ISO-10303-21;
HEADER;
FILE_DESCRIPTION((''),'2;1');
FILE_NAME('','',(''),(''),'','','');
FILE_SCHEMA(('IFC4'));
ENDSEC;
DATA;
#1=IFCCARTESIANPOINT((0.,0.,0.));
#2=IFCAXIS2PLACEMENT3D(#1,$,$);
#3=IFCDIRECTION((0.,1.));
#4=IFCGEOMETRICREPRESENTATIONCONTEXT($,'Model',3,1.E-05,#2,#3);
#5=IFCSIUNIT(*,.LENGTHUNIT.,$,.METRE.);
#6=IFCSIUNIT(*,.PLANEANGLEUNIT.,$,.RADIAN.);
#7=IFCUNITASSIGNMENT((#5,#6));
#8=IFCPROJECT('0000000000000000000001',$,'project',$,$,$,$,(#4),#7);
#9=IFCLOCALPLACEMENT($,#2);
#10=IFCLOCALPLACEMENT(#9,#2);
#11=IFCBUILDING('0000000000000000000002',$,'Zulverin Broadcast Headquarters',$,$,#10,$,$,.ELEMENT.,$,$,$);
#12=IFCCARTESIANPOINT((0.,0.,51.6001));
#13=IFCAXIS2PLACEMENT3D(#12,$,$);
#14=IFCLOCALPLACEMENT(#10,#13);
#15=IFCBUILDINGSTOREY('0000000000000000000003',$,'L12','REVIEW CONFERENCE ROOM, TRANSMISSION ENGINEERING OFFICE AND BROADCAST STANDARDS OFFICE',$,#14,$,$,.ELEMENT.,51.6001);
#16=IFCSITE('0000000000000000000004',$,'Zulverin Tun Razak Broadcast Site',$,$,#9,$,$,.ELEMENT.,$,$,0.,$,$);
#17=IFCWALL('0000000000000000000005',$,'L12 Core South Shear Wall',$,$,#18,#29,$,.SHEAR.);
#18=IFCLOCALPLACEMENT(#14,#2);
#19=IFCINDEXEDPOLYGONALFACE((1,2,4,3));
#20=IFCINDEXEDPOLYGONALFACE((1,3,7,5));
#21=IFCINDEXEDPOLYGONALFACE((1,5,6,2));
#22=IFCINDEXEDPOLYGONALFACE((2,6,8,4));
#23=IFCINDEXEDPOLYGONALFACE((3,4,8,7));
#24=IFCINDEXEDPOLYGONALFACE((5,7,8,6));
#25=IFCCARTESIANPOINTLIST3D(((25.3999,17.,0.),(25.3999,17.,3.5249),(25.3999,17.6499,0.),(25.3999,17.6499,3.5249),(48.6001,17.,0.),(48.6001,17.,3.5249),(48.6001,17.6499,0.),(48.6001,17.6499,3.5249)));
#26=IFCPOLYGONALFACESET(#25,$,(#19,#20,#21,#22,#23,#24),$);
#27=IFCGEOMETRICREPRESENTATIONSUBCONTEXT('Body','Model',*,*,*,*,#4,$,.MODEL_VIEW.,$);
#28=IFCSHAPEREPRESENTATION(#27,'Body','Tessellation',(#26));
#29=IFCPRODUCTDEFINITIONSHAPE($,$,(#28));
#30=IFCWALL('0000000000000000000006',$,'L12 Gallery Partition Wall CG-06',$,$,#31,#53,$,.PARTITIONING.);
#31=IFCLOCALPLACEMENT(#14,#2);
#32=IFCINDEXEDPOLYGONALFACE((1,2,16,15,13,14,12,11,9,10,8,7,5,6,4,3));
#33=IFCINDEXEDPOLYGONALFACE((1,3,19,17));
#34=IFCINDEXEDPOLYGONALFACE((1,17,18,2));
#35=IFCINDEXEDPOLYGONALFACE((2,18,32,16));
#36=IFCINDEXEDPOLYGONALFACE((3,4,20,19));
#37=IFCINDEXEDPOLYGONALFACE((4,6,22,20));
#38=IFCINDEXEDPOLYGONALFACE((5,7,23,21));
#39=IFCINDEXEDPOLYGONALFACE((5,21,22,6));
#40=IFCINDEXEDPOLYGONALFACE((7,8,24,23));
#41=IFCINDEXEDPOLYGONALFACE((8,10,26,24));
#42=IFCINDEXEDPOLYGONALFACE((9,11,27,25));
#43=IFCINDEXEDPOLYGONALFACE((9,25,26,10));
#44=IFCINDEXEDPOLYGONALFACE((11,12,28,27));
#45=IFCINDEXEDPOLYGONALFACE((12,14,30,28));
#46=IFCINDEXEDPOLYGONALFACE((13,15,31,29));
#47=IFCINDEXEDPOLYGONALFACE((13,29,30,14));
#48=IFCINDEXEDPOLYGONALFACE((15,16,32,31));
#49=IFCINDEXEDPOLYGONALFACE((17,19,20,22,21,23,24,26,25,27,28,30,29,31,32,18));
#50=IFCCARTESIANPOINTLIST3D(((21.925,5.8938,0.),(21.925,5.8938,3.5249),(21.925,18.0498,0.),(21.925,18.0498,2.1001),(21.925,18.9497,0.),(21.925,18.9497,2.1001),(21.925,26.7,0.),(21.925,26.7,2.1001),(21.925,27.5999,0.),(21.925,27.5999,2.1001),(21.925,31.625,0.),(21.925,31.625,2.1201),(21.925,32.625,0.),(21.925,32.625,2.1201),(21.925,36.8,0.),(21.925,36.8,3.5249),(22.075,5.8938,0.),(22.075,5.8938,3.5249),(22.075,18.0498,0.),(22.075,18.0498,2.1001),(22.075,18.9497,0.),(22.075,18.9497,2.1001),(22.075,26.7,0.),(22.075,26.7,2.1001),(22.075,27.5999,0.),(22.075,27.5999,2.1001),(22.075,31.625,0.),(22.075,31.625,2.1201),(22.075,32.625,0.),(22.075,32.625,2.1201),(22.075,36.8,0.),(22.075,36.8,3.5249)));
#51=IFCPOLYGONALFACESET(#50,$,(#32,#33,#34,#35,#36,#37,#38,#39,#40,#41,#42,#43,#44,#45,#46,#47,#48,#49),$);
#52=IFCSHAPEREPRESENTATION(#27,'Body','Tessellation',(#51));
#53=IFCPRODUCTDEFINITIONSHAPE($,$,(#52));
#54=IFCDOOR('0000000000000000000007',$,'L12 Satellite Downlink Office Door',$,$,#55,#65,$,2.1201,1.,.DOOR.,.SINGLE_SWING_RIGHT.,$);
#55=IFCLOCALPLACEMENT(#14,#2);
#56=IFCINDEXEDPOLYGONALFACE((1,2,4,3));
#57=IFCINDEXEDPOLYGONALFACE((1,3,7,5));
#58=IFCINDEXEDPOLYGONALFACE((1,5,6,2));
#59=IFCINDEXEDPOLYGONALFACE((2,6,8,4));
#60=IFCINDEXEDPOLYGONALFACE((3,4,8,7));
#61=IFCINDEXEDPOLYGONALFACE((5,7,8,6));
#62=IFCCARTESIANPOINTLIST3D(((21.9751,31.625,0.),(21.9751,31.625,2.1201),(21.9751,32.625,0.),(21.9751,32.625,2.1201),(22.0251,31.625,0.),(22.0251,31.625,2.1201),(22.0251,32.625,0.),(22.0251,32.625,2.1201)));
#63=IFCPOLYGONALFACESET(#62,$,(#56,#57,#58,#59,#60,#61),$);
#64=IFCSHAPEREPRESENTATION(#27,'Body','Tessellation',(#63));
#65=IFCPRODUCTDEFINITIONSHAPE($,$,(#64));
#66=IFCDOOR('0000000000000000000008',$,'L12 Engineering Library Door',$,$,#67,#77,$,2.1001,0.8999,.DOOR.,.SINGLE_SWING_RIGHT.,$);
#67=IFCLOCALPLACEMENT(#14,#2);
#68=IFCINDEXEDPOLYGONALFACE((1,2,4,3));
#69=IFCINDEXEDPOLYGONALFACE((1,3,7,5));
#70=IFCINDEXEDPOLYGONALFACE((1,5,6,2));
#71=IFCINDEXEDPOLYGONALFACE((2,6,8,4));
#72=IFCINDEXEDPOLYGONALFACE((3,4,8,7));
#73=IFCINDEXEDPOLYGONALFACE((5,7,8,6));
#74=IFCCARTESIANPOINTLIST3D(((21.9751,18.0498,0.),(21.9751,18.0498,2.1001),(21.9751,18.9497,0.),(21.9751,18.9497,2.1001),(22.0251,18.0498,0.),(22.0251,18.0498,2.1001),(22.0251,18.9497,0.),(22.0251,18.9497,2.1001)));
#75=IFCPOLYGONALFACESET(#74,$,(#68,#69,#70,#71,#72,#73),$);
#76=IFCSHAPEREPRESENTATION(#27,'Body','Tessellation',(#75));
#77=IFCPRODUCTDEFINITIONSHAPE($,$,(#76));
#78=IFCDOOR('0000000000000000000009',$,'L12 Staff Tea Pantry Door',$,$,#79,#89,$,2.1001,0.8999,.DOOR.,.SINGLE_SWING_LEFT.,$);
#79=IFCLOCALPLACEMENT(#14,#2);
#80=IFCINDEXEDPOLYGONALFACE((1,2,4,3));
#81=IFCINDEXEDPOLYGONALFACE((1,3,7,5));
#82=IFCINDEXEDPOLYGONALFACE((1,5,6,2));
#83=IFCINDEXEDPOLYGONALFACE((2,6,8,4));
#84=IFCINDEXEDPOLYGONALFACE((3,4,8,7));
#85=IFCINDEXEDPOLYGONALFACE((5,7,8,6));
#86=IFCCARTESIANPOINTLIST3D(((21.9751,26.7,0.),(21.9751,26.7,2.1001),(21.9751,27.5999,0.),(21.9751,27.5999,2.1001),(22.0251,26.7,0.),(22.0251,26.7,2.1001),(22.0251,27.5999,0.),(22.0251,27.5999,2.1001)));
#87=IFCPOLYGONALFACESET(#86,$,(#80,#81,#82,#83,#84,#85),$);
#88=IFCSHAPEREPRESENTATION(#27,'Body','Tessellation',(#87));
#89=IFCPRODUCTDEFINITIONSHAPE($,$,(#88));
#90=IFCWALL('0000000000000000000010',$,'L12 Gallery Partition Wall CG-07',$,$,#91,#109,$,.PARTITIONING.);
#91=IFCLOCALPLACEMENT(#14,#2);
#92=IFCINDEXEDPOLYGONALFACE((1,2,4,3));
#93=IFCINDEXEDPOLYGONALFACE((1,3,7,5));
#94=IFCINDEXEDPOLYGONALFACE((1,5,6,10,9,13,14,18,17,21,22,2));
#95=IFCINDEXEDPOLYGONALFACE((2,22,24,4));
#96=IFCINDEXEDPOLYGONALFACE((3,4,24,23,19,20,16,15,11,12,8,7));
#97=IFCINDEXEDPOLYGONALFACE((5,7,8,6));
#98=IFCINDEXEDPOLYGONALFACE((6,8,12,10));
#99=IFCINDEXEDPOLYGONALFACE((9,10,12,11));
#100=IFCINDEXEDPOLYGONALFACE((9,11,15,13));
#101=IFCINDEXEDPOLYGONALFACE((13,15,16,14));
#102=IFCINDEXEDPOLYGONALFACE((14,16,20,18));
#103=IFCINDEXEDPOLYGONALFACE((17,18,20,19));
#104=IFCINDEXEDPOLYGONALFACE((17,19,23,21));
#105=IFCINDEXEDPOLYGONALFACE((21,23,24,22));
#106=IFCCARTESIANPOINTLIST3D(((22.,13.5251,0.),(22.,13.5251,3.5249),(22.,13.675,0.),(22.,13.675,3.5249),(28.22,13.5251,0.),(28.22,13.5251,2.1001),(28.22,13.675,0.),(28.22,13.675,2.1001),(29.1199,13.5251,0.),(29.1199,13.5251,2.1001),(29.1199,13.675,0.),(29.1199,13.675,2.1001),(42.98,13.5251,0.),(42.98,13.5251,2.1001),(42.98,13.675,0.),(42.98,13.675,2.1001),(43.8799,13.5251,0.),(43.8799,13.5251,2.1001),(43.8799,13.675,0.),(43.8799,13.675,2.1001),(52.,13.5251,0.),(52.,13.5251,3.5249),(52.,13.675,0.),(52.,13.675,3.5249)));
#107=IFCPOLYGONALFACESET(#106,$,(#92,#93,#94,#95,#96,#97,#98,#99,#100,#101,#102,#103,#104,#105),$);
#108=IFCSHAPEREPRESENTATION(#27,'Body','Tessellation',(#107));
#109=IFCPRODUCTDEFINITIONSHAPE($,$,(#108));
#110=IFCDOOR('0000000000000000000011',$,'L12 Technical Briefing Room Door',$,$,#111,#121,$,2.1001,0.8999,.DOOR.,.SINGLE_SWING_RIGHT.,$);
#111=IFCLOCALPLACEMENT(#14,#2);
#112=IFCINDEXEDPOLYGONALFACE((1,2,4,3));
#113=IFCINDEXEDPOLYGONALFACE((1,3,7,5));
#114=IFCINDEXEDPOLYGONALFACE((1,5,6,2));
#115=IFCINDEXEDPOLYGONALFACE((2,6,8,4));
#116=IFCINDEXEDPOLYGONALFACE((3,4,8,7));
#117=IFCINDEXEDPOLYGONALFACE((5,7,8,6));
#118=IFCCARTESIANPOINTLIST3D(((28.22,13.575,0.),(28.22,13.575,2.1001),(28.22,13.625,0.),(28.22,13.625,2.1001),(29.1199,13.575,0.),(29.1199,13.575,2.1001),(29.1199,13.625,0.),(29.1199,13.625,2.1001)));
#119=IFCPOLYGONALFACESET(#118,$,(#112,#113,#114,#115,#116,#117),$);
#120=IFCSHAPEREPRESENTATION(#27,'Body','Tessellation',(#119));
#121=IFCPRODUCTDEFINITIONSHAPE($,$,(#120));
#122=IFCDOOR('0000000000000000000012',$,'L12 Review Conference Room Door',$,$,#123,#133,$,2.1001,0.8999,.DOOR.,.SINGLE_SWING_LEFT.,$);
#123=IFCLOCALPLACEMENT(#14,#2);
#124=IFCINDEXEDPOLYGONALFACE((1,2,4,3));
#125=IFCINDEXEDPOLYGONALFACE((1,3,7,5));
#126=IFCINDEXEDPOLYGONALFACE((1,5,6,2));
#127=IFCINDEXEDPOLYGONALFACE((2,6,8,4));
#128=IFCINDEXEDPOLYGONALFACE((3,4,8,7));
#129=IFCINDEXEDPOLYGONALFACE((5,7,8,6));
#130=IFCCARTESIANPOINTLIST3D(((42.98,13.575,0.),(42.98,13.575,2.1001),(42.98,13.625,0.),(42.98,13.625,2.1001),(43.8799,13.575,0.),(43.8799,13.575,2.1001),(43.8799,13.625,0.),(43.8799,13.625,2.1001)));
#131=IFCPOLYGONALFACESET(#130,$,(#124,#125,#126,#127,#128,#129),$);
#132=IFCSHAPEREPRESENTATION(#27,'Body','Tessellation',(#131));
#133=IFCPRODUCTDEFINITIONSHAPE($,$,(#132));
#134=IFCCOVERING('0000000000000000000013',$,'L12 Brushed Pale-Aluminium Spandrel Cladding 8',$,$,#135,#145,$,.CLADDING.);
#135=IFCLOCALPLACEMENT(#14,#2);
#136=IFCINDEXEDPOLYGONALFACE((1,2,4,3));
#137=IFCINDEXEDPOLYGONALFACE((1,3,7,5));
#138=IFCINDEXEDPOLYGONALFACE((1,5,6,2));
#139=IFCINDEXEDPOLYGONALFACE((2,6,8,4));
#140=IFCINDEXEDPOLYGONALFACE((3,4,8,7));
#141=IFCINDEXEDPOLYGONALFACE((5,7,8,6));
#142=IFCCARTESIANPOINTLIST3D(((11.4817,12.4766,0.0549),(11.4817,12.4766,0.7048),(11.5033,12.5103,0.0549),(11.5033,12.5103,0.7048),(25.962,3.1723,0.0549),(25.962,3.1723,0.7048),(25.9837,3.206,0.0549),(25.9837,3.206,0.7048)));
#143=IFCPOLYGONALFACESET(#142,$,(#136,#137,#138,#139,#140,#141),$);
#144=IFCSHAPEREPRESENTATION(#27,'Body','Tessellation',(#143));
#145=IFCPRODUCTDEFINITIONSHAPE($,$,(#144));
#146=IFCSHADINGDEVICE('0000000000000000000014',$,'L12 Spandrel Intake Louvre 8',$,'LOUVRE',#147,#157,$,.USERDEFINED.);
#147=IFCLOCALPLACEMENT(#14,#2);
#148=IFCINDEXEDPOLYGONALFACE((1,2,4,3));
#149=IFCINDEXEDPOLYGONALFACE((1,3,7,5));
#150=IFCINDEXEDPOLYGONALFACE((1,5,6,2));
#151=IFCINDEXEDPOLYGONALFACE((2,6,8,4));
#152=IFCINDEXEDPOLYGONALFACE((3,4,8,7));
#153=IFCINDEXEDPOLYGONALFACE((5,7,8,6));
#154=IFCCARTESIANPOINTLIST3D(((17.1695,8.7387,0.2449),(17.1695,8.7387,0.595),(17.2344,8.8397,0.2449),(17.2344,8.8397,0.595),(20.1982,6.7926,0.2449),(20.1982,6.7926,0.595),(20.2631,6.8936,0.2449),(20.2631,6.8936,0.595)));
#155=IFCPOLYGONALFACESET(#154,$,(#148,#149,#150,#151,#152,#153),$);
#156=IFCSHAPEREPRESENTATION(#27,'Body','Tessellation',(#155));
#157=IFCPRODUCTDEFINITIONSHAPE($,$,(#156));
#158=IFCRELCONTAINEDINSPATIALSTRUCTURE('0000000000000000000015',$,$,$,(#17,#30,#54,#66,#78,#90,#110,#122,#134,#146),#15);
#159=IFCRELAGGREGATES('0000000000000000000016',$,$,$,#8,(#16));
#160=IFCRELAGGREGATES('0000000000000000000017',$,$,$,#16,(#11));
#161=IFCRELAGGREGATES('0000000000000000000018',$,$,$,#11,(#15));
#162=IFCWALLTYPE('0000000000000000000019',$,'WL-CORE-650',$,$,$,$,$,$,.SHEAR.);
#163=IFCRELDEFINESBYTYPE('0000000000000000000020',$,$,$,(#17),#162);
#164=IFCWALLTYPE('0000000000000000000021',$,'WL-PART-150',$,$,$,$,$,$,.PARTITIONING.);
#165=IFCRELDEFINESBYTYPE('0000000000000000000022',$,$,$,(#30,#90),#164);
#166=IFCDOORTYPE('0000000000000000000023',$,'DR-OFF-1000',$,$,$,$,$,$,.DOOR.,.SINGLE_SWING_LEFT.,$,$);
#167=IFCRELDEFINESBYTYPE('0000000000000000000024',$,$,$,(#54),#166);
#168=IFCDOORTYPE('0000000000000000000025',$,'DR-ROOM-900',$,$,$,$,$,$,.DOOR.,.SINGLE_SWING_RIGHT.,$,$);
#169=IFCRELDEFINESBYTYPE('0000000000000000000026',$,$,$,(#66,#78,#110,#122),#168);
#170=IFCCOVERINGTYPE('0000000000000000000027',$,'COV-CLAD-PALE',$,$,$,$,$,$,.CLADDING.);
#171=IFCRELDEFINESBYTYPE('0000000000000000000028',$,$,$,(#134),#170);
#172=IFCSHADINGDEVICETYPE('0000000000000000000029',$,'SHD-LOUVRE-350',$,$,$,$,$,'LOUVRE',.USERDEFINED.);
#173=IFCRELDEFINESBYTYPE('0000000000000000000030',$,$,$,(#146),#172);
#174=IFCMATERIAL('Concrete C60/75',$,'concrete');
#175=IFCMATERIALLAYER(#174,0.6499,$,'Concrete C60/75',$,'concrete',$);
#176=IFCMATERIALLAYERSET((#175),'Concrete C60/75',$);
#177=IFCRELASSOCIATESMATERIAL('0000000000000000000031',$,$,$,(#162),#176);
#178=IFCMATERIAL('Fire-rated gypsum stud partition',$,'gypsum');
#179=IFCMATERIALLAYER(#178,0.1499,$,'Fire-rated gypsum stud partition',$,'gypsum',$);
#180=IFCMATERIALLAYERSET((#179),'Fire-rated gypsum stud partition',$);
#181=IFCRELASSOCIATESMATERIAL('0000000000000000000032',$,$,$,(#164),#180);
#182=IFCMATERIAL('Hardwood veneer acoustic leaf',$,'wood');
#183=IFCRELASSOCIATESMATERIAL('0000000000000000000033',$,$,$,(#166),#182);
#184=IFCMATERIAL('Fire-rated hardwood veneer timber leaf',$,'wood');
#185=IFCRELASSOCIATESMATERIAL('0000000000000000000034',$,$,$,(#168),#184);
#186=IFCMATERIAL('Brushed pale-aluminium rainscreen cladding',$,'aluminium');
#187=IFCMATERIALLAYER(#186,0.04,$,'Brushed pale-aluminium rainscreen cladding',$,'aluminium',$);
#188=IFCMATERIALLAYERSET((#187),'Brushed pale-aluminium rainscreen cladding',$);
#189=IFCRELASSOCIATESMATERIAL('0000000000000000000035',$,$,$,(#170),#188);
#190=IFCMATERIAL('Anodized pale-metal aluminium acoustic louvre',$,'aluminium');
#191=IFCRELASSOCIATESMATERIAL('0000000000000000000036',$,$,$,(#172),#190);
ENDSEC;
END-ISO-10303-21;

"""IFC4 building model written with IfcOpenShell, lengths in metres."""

from ifc_helpers import new_model, si_unit, direction, frame, frame_2d, origin, origin_2d, place, context, subcontext, project, spatial, rectangle, extrude, material, layer, layer_set, type_object, element, fill, save


model = new_model("IFC4")

# Units and contexts
model_context = context("Model", 3, precision=1e-05, world=origin(), true_north=direction((0.0, 1.0)))
body_context = subcontext(model_context, "Body", "Model", "MODEL_VIEW")
ifc_project = project(units=[si_unit("LENGTHUNIT", "METRE"), si_unit("PLANEANGLEUNIT", "RADIAN")], contexts=[model_context])

# Site, building, storey
site_placement = place(None, origin())
site = spatial("IfcSite", under=ifc_project, at=site_placement, Name="Zulverin Tun Razak Broadcast Site", CompositionType="ELEMENT", RefElevation=0.0)
building_placement = place(site_placement, origin())
building = spatial("IfcBuilding", under=site, at=building_placement, Name="Zulverin Broadcast Headquarters", CompositionType="ELEMENT")
storey_placement = place(building_placement, frame((0.0, 0.0, 51.6001)))
storey = spatial("IfcBuildingStorey", under=building, at=storey_placement, Name="L12", Description="REVIEW CONFERENCE ROOM, TRANSMISSION ENGINEERING OFFICE AND BROADCAST STANDARDS OFFICE", CompositionType="ELEMENT", Elevation=51.6001)

# Shared definitions
ifc_material_1 = material(Name="Concrete C60/75", Category="concrete")

# Wall
ifc_layer_1 = layer(ifc_material_1, 0.6499, Name="Concrete C60/75", Category="concrete")
ifc_layer_set_1 = layer_set([ifc_layer_1], Name="Concrete C60/75")
wall_type_1 = type_object("IfcWallType", Name="WL-CORE-650", PredefinedType="SHEAR", material=ifc_layer_set_1)
wall_1_placement = place(storey_placement, frame((25.3999, 17.325, 0.0), z_axis=(0.0, 0.0, 1.0), x_axis=(1.0, 0.0, 0.0)))
element("IfcWall", 1, at=wall_1_placement, inside=storey, type_object=wall_type_1, Name="L12 Core South Shear Wall", PredefinedType="SHEAR", context=body_context, shape_type="SweptSolid", body=[
    extrude(rectangle(XDim=23.2002, YDim=0.6499, at=frame_2d((11.6001, 0.0))), origin(), (0.0, 0.0, 1.0), 3.5249),
])

# Walls, openings, doors
ifc_material_2 = material(Name="Fire-rated gypsum stud partition", Category="gypsum")
ifc_layer_2 = layer(ifc_material_2, 0.1499, Name="Fire-rated gypsum stud partition", Category="gypsum")
ifc_layer_set_2 = layer_set([ifc_layer_2], Name="Fire-rated gypsum stud partition")
wall_type_2 = type_object("IfcWallType", Name="WL-PART-150", PredefinedType="PARTITIONING", material=ifc_layer_set_2)
wall_2_placement = place(storey_placement, frame((22.0, 5.8938, 0.0), z_axis=(0.0, 0.0, 1.0), x_axis=(0.0, 1.0, 0.0)))
wall_2 = element("IfcWall", 2, at=wall_2_placement, inside=storey, type_object=wall_type_2, Name="L12 Gallery Partition Wall CG-06", PredefinedType="PARTITIONING", context=body_context, shape_type="SweptSolid", body=[
    extrude(rectangle(XDim=30.9062, YDim=0.1499, at=frame_2d((15.4531, 0.0))), origin(), (0.0, 0.0, 1.0), 3.5249),
])
opening_1_placement = place(wall_2_placement, frame((12.156, 0.0, 0.0)))
opening_1 = element("IfcOpeningElement", 3, at=opening_1_placement, cuts=wall_2, PredefinedType="OPENING", context=body_context, shape_type="SweptSolid", body=[
    extrude(rectangle(XDim=0.8999, YDim=2.1001, at=frame_2d((0.45, 1.05))), frame((0.0, 0.085, 0.0), z_axis=(0.0, -1.0, 0.0), x_axis=(1.0, 0.0, 0.0)), (0.0, 0.0, 1.0), 0.1699),
])
opening_2_placement = place(wall_2_placement, frame((20.8062, 0.0, 0.0)))
opening_2 = element("IfcOpeningElement", 4, at=opening_2_placement, cuts=wall_2, PredefinedType="OPENING", context=body_context, shape_type="SweptSolid", body=[
    extrude(rectangle(XDim=0.8999, YDim=2.1001, at=frame_2d((0.45, 1.05))), frame((0.0, 0.085, 0.0), z_axis=(0.0, -1.0, 0.0), x_axis=(1.0, 0.0, 0.0)), (0.0, 0.0, 1.0), 0.1699),
])
opening_3_placement = place(wall_2_placement, frame((25.7312, 0.0, 0.0)))
opening_3 = element("IfcOpeningElement", 5, at=opening_3_placement, cuts=wall_2, PredefinedType="OPENING", context=body_context, shape_type="SweptSolid", body=[
    extrude(rectangle(XDim=1.0, YDim=2.1201, at=frame_2d((0.5, 1.0601))), frame((0.0, 0.085, 0.0), z_axis=(0.0, -1.0, 0.0), x_axis=(1.0, 0.0, 0.0)), (0.0, 0.0, 1.0), 0.1699),
])
ifc_material_3 = material(Name="Hardwood veneer acoustic leaf", Category="wood")
door_type_1 = type_object("IfcDoorType", Name="DR-OFF-1000", OperationType="SINGLE_SWING_LEFT", PredefinedType="DOOR", material=ifc_material_3)
door_1_placement = place(opening_3_placement, origin())
door_1 = element("IfcDoor", 6, at=door_1_placement, inside=storey, type_object=door_type_1, Name="L12 Satellite Downlink Office Door", OperationType="SINGLE_SWING_RIGHT", OverallHeight=2.1201, OverallWidth=1.0, PredefinedType="DOOR", context=body_context, shape_type="SweptSolid", body=[
    extrude(rectangle(XDim=1.0, YDim=2.1201, at=frame_2d((0.5, 1.0601))), frame((0.0, 0.0249, 0.0), z_axis=(0.0, -1.0, 0.0), x_axis=(1.0, 0.0, 0.0)), (0.0, 0.0, 1.0), 0.05),
])
fill(opening_3, door_1)
ifc_material_4 = material(Name="Fire-rated hardwood veneer timber leaf", Category="wood")
door_type_2 = type_object("IfcDoorType", Name="DR-ROOM-900", OperationType="SINGLE_SWING_RIGHT", PredefinedType="DOOR", material=ifc_material_4)
door_2_placement = place(opening_1_placement, origin())
door_2 = element("IfcDoor", 7, at=door_2_placement, inside=storey, type_object=door_type_2, Name="L12 Engineering Library Door", OperationType="SINGLE_SWING_RIGHT", OverallHeight=2.1001, OverallWidth=0.8999, PredefinedType="DOOR", context=body_context, shape_type="SweptSolid", body=[
    extrude(rectangle(XDim=0.8999, YDim=2.1001, at=frame_2d((0.45, 1.05))), frame((0.0, 0.0249, 0.0), z_axis=(0.0, -1.0, 0.0), x_axis=(1.0, 0.0, 0.0)), (0.0, 0.0, 1.0), 0.05),
])
fill(opening_1, door_2)
door_3_placement = place(opening_2_placement, origin())
door_3 = element("IfcDoor", 8, at=door_3_placement, inside=storey, type_object=door_type_2, Name="L12 Staff Tea Pantry Door", OperationType="SINGLE_SWING_LEFT", OverallHeight=2.1001, OverallWidth=0.8999, PredefinedType="DOOR", context=body_context, shape_type="SweptSolid", body=[
    extrude(rectangle(XDim=0.8999, YDim=2.1001, at=frame_2d((0.45, 1.05))), frame((0.0, 0.0249, 0.0), z_axis=(0.0, -1.0, 0.0), x_axis=(1.0, 0.0, 0.0)), (0.0, 0.0, 1.0), 0.05),
])
fill(opening_2, door_3)
wall_3_placement = place(storey_placement, frame((22.0, 13.6001, 0.0), z_axis=(0.0, 0.0, 1.0), x_axis=(1.0, 0.0, 0.0)))
wall_3 = element("IfcWall", 9, at=wall_3_placement, inside=storey, type_object=wall_type_2, Name="L12 Gallery Partition Wall CG-07", PredefinedType="PARTITIONING", context=body_context, shape_type="SweptSolid", body=[
    extrude(rectangle(XDim=30.0, YDim=0.1499, at=frame_2d((15.0, 0.0))), origin(), (0.0, 0.0, 1.0), 3.5249),
])
opening_4_placement = place(wall_3_placement, frame((6.22, 0.0, 0.0)))
opening_4 = element("IfcOpeningElement", 10, at=opening_4_placement, cuts=wall_3, PredefinedType="OPENING", context=body_context, shape_type="SweptSolid", body=[
    extrude(rectangle(XDim=0.8999, YDim=2.1001, at=frame_2d((0.45, 1.05))), frame((0.0, 0.085, 0.0), z_axis=(0.0, -1.0, 0.0), x_axis=(1.0, 0.0, 0.0)), (0.0, 0.0, 1.0), 0.1699),
])
opening_5_placement = place(wall_3_placement, frame((20.98, 0.0, 0.0)))
opening_5 = element("IfcOpeningElement", 11, at=opening_5_placement, cuts=wall_3, PredefinedType="OPENING", context=body_context, shape_type="SweptSolid", body=[
    extrude(rectangle(XDim=0.8999, YDim=2.1001, at=frame_2d((0.45, 1.05))), frame((0.0, 0.085, 0.0), z_axis=(0.0, -1.0, 0.0), x_axis=(1.0, 0.0, 0.0)), (0.0, 0.0, 1.0), 0.1699),
])
door_4_placement = place(opening_4_placement, origin())
door_4 = element("IfcDoor", 12, at=door_4_placement, inside=storey, type_object=door_type_2, Name="L12 Technical Briefing Room Door", OperationType="SINGLE_SWING_RIGHT", OverallHeight=2.1001, OverallWidth=0.8999, PredefinedType="DOOR", context=body_context, shape_type="SweptSolid", body=[
    extrude(rectangle(XDim=0.8999, YDim=2.1001, at=frame_2d((0.45, 1.05))), frame((0.0, 0.0249, 0.0), z_axis=(0.0, -1.0, 0.0), x_axis=(1.0, 0.0, 0.0)), (0.0, 0.0, 1.0), 0.05),
])
fill(opening_4, door_4)
door_5_placement = place(opening_5_placement, origin())
door_5 = element("IfcDoor", 13, at=door_5_placement, inside=storey, type_object=door_type_2, Name="L12 Review Conference Room Door", OperationType="SINGLE_SWING_LEFT", OverallHeight=2.1001, OverallWidth=0.8999, PredefinedType="DOOR", context=body_context, shape_type="SweptSolid", body=[
    extrude(rectangle(XDim=0.8999, YDim=2.1001, at=frame_2d((0.45, 1.05))), frame((0.0, 0.0249, 0.0), z_axis=(0.0, -1.0, 0.0), x_axis=(1.0, 0.0, 0.0)), (0.0, 0.0, 1.0), 0.05),
])
fill(opening_5, door_5)

# Covering
ifc_material_5 = material(Name="Brushed pale-aluminium rainscreen cladding", Category="aluminium")
ifc_layer_3 = layer(ifc_material_5, 0.04, Name="Brushed pale-aluminium rainscreen cladding", Category="aluminium")
ifc_layer_set_3 = layer_set([ifc_layer_3], Name="Brushed pale-aluminium rainscreen cladding")
covering_type = type_object("IfcCoveringType", Name="COV-CLAD-PALE", PredefinedType="CLADDING", material=ifc_layer_set_3)
covering_placement = place(storey_placement, frame((18.7327, 7.8413, 0.0549), z_axis=(0.0, 0.0, 1.0), x_axis=(0.841297, -0.540574, 0.0)))
element("IfcCovering", 14, at=covering_placement, inside=storey, type_object=covering_type, Name="L12 Brushed Pale-Aluminium Spandrel Cladding 8", PredefinedType="CLADDING", context=body_context, shape_type="SweptSolid", body=[
    extrude(rectangle(XDim=17.2119, YDim=0.04, at=origin_2d()), origin(), (0.0, 0.0, 1.0), 0.6499),
])

# Shading device
ifc_material_6 = material(Name="Anodized pale-metal aluminium acoustic louvre", Category="aluminium")
shading_device_type_1 = type_object("IfcShadingDeviceType", Name="SHD-LOUVRE-350", ElementType="LOUVRE", PredefinedType="USERDEFINED", material=ifc_material_6)
shading_device_1_placement = place(storey_placement, frame((18.7163, 7.8162, 0.2449), z_axis=(0.0, 0.0, 1.0), x_axis=(0.841297, -0.540574, 0.0)))
element("IfcShadingDevice", 15, at=shading_device_1_placement, inside=storey, type_object=shading_device_type_1, Name="L12 Spandrel Intake Louvre 8", ObjectType="LOUVRE", PredefinedType="USERDEFINED", context=body_context, shape_type="SweptSolid", body=[
    extrude(rectangle(XDim=3.6001, YDim=0.1201, at=origin_2d()), origin(), (0.0, 0.0, 1.0), 0.3501),
])

save(model, "model.ifc")
